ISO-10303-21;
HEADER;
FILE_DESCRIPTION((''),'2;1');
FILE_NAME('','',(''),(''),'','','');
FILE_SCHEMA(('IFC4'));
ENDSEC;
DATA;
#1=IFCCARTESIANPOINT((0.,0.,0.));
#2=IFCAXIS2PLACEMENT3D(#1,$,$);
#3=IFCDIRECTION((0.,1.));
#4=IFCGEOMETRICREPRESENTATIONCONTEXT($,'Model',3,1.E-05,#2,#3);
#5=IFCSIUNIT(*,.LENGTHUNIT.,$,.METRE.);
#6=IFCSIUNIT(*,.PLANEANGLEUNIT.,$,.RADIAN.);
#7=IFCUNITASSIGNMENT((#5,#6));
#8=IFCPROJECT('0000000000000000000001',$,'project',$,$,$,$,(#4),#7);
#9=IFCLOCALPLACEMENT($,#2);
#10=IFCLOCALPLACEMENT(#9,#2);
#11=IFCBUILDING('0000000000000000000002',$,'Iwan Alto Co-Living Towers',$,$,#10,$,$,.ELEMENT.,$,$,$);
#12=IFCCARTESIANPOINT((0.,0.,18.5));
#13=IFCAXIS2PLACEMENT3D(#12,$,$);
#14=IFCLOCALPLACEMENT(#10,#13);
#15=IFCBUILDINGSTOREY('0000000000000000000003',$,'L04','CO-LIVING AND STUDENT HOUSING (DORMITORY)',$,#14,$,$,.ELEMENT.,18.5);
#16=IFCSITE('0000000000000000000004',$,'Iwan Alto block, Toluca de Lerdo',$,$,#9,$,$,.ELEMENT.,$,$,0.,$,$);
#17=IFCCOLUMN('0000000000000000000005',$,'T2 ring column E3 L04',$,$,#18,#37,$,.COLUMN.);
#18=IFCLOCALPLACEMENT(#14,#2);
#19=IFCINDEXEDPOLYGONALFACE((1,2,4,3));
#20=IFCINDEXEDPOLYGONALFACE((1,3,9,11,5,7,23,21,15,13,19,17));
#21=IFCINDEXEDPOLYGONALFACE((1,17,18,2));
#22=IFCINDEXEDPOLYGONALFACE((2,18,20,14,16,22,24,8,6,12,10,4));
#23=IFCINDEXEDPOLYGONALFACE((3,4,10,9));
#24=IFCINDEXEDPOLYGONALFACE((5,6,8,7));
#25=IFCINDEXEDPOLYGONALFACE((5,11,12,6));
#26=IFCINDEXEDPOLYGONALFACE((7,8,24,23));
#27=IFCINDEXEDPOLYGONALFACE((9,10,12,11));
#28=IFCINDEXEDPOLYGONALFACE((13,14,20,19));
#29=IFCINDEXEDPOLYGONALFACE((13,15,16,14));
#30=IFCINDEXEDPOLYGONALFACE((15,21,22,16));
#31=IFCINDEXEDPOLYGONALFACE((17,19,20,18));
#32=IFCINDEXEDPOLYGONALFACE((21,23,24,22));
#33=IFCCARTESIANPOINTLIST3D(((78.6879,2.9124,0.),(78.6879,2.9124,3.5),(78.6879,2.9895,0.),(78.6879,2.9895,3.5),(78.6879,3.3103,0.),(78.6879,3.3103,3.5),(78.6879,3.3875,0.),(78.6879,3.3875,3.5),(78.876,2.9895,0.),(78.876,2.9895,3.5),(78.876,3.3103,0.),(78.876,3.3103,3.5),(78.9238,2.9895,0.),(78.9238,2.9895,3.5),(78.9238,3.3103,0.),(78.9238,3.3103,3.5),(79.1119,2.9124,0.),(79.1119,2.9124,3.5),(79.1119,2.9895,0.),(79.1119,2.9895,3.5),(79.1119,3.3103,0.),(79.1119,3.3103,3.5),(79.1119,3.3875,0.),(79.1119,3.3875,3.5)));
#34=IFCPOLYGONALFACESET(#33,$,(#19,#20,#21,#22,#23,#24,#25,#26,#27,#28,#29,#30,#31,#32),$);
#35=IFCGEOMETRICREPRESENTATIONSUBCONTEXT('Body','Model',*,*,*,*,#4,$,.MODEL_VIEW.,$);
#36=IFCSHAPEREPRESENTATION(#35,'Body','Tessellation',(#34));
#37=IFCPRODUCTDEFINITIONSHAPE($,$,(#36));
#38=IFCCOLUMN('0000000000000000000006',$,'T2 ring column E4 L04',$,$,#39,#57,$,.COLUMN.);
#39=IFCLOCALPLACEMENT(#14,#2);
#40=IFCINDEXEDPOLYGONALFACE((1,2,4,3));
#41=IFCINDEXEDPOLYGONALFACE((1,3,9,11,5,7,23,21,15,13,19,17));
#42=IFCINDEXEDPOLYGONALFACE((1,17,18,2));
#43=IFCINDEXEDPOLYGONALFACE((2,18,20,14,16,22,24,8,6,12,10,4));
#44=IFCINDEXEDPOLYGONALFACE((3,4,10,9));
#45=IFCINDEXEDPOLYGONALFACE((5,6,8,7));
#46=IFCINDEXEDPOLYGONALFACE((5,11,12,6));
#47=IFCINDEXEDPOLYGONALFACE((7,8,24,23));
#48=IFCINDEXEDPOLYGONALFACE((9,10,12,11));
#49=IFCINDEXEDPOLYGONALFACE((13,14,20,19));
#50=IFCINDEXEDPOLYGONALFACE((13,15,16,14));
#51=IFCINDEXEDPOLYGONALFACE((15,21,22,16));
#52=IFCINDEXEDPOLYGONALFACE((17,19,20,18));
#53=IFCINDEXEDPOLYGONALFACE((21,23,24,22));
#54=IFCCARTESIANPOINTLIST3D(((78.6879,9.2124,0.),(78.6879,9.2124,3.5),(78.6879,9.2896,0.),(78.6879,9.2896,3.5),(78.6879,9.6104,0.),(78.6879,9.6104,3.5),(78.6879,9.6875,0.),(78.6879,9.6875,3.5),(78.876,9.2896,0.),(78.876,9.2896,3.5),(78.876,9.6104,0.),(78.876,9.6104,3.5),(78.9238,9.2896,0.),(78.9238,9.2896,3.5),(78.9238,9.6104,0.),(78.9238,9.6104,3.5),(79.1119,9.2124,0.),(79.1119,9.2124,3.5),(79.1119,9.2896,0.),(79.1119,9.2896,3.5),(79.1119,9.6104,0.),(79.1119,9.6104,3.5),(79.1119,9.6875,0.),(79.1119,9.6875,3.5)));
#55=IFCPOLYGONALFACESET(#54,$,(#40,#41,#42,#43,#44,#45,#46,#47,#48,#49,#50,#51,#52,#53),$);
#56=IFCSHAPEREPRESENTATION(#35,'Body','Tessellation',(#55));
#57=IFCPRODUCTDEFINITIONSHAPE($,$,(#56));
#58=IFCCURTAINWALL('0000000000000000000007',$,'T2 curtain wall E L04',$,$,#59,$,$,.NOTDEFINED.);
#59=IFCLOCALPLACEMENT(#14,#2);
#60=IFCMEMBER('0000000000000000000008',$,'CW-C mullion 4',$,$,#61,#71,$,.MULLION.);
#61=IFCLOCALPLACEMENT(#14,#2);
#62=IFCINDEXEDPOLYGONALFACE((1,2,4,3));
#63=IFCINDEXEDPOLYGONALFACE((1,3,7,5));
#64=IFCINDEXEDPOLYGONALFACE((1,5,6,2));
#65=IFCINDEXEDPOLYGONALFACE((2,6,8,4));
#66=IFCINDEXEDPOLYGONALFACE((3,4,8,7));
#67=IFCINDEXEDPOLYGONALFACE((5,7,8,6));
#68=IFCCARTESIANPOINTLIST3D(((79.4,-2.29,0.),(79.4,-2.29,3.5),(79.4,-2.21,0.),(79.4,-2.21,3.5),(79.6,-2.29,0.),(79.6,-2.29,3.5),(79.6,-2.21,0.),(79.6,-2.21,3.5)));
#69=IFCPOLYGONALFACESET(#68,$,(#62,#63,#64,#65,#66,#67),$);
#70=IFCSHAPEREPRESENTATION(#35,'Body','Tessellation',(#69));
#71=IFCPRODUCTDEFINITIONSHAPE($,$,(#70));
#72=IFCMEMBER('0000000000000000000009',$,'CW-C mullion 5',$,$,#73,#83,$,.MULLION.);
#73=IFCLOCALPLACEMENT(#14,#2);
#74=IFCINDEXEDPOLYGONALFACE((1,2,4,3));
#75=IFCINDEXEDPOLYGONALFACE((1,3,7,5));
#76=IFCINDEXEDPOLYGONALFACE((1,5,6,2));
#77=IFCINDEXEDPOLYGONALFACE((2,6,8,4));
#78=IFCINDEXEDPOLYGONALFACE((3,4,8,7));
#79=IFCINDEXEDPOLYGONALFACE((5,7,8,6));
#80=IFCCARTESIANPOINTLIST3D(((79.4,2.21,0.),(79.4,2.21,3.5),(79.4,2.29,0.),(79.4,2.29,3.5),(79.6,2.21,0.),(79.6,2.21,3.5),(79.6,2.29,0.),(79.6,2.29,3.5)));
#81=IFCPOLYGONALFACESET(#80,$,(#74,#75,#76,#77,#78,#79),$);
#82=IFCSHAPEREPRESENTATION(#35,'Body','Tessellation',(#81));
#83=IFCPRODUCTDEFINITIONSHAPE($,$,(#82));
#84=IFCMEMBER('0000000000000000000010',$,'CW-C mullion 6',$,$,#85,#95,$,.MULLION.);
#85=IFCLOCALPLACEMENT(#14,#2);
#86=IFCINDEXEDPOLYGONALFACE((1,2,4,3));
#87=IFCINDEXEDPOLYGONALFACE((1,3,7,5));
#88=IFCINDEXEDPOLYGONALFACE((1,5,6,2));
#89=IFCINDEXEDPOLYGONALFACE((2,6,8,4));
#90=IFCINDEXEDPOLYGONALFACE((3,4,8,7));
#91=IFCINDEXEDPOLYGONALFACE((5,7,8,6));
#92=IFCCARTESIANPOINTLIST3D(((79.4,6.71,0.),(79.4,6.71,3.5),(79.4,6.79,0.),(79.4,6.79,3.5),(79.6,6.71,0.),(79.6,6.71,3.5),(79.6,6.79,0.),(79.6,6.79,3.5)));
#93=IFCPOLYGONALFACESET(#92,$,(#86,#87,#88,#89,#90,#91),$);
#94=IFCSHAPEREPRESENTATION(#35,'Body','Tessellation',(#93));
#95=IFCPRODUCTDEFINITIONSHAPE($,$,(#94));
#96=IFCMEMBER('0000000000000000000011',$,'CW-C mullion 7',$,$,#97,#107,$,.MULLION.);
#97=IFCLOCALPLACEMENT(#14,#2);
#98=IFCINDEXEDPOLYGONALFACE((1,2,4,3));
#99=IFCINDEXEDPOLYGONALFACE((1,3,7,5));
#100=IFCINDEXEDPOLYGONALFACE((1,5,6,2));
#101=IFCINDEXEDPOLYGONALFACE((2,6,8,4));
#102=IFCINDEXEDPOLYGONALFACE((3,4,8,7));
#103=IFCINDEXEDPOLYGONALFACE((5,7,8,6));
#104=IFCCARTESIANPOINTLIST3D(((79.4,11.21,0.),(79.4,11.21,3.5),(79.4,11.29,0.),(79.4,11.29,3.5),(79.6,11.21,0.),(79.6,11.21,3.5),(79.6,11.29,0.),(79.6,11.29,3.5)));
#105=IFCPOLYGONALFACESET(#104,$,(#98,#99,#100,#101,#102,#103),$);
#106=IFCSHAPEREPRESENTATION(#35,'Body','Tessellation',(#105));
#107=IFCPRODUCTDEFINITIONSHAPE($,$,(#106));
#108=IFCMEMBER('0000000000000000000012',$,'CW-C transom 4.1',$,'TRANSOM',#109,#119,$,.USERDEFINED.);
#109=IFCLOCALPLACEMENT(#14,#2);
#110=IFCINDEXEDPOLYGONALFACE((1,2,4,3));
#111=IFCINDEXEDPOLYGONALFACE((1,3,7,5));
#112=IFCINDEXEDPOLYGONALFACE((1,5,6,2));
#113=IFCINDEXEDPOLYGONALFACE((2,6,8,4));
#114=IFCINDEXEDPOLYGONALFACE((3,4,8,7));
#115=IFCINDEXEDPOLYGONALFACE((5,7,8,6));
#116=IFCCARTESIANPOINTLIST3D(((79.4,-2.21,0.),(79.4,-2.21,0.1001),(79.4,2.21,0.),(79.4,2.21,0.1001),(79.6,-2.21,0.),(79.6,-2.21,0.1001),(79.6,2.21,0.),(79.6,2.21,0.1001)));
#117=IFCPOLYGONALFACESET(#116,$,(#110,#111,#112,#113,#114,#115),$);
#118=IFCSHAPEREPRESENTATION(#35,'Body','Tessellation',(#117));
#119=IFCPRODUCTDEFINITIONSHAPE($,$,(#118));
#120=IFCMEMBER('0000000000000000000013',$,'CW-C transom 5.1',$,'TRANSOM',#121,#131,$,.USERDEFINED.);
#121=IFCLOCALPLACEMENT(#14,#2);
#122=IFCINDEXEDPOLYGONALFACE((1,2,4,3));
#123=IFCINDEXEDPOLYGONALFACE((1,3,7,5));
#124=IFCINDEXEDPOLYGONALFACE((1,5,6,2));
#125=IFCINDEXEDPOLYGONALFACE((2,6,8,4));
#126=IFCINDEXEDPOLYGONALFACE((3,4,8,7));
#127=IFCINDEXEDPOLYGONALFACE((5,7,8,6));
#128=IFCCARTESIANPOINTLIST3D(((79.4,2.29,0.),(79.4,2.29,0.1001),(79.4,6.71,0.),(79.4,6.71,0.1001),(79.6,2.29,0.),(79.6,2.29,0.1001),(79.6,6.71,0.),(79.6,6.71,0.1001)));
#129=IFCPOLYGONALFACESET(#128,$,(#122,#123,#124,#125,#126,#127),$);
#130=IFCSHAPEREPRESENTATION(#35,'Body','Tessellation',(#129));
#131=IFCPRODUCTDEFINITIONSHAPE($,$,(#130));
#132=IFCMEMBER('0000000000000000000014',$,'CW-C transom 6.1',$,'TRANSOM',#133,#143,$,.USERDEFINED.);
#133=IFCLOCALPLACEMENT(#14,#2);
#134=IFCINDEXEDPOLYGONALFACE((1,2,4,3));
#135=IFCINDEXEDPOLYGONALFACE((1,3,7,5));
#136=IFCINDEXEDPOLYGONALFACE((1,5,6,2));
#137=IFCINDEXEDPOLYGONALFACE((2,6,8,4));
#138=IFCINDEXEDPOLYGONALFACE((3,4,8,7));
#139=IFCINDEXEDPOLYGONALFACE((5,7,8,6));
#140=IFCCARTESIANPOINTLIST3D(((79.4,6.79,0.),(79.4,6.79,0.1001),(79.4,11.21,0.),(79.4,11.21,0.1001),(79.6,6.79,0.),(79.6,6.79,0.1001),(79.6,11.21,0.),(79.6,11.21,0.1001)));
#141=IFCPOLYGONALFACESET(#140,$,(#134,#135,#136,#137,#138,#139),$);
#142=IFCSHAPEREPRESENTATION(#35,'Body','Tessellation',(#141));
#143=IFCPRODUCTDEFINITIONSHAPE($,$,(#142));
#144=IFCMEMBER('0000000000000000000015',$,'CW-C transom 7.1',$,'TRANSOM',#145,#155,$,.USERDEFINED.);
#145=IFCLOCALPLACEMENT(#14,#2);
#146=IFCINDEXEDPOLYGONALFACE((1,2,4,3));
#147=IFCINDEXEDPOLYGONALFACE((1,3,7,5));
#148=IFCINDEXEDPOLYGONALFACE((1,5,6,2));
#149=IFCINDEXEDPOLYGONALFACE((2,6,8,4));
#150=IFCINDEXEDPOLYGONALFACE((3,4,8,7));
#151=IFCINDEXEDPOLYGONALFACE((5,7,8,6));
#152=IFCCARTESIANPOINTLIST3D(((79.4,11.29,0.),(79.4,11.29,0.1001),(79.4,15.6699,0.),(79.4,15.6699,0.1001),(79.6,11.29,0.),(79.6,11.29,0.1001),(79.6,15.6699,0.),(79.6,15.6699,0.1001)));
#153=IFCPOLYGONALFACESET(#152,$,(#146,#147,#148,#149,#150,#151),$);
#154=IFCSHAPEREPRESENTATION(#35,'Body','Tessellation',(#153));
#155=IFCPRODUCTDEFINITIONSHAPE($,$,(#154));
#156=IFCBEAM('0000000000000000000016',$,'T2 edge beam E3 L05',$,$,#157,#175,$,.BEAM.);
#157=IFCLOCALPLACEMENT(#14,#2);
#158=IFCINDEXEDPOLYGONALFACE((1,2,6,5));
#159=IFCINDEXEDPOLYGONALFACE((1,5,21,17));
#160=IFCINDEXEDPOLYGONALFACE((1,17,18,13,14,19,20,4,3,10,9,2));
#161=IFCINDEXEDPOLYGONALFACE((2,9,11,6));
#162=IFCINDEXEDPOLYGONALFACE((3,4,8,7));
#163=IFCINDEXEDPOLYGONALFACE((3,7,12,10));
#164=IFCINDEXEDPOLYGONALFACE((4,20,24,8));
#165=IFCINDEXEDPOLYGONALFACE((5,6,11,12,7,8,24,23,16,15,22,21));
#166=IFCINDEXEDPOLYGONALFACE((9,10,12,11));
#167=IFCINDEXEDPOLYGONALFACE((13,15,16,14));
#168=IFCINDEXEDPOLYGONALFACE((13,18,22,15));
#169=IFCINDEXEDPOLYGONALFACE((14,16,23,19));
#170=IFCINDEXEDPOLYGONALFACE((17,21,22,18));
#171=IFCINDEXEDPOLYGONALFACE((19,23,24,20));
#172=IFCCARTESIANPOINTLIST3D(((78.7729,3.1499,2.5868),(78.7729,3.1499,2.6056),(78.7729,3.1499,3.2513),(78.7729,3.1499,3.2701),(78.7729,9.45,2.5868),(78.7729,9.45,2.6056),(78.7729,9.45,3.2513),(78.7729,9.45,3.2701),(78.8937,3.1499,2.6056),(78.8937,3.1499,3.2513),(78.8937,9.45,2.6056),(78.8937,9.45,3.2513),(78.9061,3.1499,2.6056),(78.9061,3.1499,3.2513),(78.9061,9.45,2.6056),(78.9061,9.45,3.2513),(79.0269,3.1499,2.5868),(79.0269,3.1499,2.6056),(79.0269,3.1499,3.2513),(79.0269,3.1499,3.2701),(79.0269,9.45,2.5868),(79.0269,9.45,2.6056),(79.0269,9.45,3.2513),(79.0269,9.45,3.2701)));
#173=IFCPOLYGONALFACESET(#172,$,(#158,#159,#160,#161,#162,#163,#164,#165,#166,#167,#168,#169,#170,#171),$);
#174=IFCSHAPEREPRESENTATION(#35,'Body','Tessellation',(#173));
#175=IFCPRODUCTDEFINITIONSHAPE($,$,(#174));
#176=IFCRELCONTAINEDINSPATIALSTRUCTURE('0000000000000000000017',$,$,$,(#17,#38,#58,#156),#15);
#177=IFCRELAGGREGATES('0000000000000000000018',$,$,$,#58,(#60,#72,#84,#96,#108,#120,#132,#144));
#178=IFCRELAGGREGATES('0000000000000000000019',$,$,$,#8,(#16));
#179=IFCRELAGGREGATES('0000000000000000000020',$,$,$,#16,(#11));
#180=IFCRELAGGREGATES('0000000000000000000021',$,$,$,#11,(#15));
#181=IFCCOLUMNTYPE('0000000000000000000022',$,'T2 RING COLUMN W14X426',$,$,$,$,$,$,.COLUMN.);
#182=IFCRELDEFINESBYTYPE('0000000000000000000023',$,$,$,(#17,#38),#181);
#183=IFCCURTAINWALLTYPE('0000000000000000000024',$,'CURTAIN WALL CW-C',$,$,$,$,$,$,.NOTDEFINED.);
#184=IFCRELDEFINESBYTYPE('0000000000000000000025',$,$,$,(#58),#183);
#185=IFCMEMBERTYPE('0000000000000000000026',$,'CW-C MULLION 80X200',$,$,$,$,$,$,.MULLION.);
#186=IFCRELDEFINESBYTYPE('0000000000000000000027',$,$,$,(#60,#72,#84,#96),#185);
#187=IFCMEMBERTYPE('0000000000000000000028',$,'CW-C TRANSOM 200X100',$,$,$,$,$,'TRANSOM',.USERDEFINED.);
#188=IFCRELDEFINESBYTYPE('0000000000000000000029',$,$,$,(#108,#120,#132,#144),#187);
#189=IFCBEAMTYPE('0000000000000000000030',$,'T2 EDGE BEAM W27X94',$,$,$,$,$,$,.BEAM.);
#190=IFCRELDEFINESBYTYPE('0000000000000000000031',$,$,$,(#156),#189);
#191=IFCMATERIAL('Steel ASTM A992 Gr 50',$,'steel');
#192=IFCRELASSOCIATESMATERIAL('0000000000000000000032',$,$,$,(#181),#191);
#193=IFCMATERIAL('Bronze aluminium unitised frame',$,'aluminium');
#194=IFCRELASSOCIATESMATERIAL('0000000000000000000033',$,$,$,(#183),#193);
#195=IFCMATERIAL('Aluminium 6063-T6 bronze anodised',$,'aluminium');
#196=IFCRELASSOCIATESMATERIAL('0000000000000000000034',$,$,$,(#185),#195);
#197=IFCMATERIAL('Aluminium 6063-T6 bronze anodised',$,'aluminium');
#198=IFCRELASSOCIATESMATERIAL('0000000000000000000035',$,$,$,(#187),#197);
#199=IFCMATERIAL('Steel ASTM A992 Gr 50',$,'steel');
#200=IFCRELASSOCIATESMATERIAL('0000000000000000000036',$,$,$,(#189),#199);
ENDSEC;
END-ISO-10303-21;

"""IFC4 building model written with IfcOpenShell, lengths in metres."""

from ifc_helpers import new_model, si_unit, direction, frame, origin, origin_2d, place, context, subcontext, project, spatial, rectangle, i_section, extrude, material, material_profile, profile_set, type_object, element, aggregate, save


model = new_model("IFC4")

# Units and contexts
model_context = context("Model", 3, precision=1e-05, world=origin(), true_north=direction((0.0, 1.0)))
body_context = subcontext(model_context, "Body", "Model", "MODEL_VIEW")
ifc_project = project(units=[si_unit("LENGTHUNIT", "METRE"), si_unit("PLANEANGLEUNIT", "RADIAN")], contexts=[model_context])

# Site, building, storey
site_placement = place(None, origin())
site = spatial("IfcSite", under=ifc_project, at=site_placement, Name="Iwan Alto block, Toluca de Lerdo", CompositionType="ELEMENT", RefElevation=0.0)
building_placement = place(site_placement, origin())
building = spatial("IfcBuilding", under=site, at=building_placement, Name="Iwan Alto Co-Living Towers", CompositionType="ELEMENT")
storey_placement = place(building_placement, frame((0.0, 0.0, 18.5)))
storey = spatial("IfcBuildingStorey", under=building, at=storey_placement, Name="L04", Description="CO-LIVING AND STUDENT HOUSING (DORMITORY)", CompositionType="ELEMENT", Elevation=18.5)

# Columns
ifc_material_1 = material(Name="Steel ASTM A992 Gr 50", Category="steel")
ifc_material_profile_1 = material_profile(ifc_material_1, i_section(OverallWidth=0.4241, OverallDepth=0.4751, WebThickness=0.0479, FlangeThickness=0.0771, at=origin_2d()), Name="W14X426")
ifc_profile_set_1 = profile_set([ifc_material_profile_1], Name="Steel ASTM A992 Gr 50")
column_type = type_object("IfcColumnType", Name="T2 RING COLUMN W14X426", PredefinedType="COLUMN", material=ifc_profile_set_1)
for number, where, z_axis, x_axis, name in (
    (1, (78.8999, 3.1499, 0.0), (0.0, 0.0, 1.0), (1.0, 0.0, 0.0), "T2 ring column E3 L04"),
    (2, (78.8999, 9.45, 0.0), (0.0, 0.0, 1.0), (1.0, 0.0, 0.0), "T2 ring column E4 L04"),
):
    element("IfcColumn", number, at=place(storey_placement, frame(where, z_axis=z_axis, x_axis=x_axis)), inside=storey, type_object=column_type, Name=name, PredefinedType="COLUMN", context=body_context, shape_type="SweptSolid", body=[
        extrude(i_section(OverallWidth=0.4241, OverallDepth=0.4751, WebThickness=0.0479, FlangeThickness=0.0771, at=origin_2d()), origin(), (0.0, 0.0, 1.0), 3.5),
    ])

# Curtain wall, members
ifc_material_2 = material(Name="Bronze aluminium unitised frame", Category="aluminium")
curtain_wall_type = type_object("IfcCurtainWallType", Name="CURTAIN WALL CW-C", PredefinedType="NOTDEFINED", material=ifc_material_2)
curtain_wall_placement = place(storey_placement, origin())
curtain_wall = element("IfcCurtainWall", 3, at=curtain_wall_placement, inside=storey, type_object=curtain_wall_type, Name="T2 curtain wall E L04", PredefinedType="NOTDEFINED")
ifc_material_3 = material(Name="Aluminium 6063-T6 bronze anodised", Category="aluminium")
ifc_material_profile_2 = material_profile(ifc_material_3, rectangle(XDim=0.2, YDim=0.0801, at=origin_2d()), Name="AL 80X200")
ifc_profile_set_2 = profile_set([ifc_material_profile_2], Name="Aluminium 6063-T6 bronze anodised")
member_type_1 = type_object("IfcMemberType", Name="CW-C MULLION 80X200", PredefinedType="MULLION", material=ifc_profile_set_2)
member_1_placement = place(storey_placement, frame((79.5, -2.25, 0.0), z_axis=(0.0, 0.0, 1.0), x_axis=(-1.0, 0.0, 0.0)))
member_1 = element("IfcMember", 4, at=member_1_placement, type_object=member_type_1, Name="CW-C mullion 4", PredefinedType="MULLION", context=body_context, shape_type="SweptSolid", body=[
    extrude(rectangle(XDim=0.2, YDim=0.0801, at=origin_2d()), origin(), (0.0, 0.0, 1.0), 3.5),
])
member_2_placement = place(storey_placement, frame((79.5, 2.25, 0.0), z_axis=(0.0, 0.0, 1.0), x_axis=(-1.0, 0.0, 0.0)))
member_2 = element("IfcMember", 5, at=member_2_placement, type_object=member_type_1, Name="CW-C mullion 5", PredefinedType="MULLION", context=body_context, shape_type="SweptSolid", body=[
    extrude(rectangle(XDim=0.2, YDim=0.0801, at=origin_2d()), origin(), (0.0, 0.0, 1.0), 3.5),
])
member_3_placement = place(storey_placement, frame((79.5, 6.75, 0.0), z_axis=(0.0, 0.0, 1.0), x_axis=(-1.0, 0.0, 0.0)))
member_3 = element("IfcMember", 6, at=member_3_placement, type_object=member_type_1, Name="CW-C mullion 6", PredefinedType="MULLION", context=body_context, shape_type="SweptSolid", body=[
    extrude(rectangle(XDim=0.2, YDim=0.0801, at=origin_2d()), origin(), (0.0, 0.0, 1.0), 3.5),
])
member_4_placement = place(storey_placement, frame((79.5, 11.25, 0.0), z_axis=(0.0, 0.0, 1.0), x_axis=(-1.0, 0.0, 0.0)))
member_4 = element("IfcMember", 7, at=member_4_placement, type_object=member_type_1, Name="CW-C mullion 7", PredefinedType="MULLION", context=body_context, shape_type="SweptSolid", body=[
    extrude(rectangle(XDim=0.2, YDim=0.0801, at=origin_2d()), origin(), (0.0, 0.0, 1.0), 3.5),
])
ifc_material_4 = material(Name="Aluminium 6063-T6 bronze anodised", Category="aluminium")
ifc_material_profile_3 = material_profile(ifc_material_4, rectangle(XDim=0.2, YDim=0.1001, at=origin_2d()), Name="AL 200X100")
ifc_profile_set_3 = profile_set([ifc_material_profile_3], Name="Aluminium 6063-T6 bronze anodised")
member_type_2 = type_object("IfcMemberType", Name="CW-C TRANSOM 200X100", ElementType="TRANSOM", PredefinedType="USERDEFINED", material=ifc_profile_set_3)
member_5_placement = place(storey_placement, frame((79.5, -2.21, 0.05), z_axis=(0.0, 1.0, 0.0), x_axis=(-1.0, 0.0, 0.0)))
member_5 = element("IfcMember", 8, at=member_5_placement, type_object=member_type_2, Name="CW-C transom 4.1", ObjectType="TRANSOM", PredefinedType="USERDEFINED", context=body_context, shape_type="SweptSolid", body=[
    extrude(rectangle(XDim=0.2, YDim=0.1001, at=origin_2d()), origin(), (0.0, 0.0, 1.0), 4.4199),
])
member_6_placement = place(storey_placement, frame((79.5, 2.29, 0.05), z_axis=(0.0, 1.0, 0.0), x_axis=(-1.0, 0.0, 0.0)))
member_6 = element("IfcMember", 9, at=member_6_placement, type_object=member_type_2, Name="CW-C transom 5.1", ObjectType="TRANSOM", PredefinedType="USERDEFINED", context=body_context, shape_type="SweptSolid", body=[
    extrude(rectangle(XDim=0.2, YDim=0.1001, at=origin_2d()), origin(), (0.0, 0.0, 1.0), 4.4199),
])
member_7_placement = place(storey_placement, frame((79.5, 6.79, 0.05), z_axis=(0.0, 1.0, 0.0), x_axis=(-1.0, 0.0, 0.0)))
member_7 = element("IfcMember", 10, at=member_7_placement, type_object=member_type_2, Name="CW-C transom 6.1", ObjectType="TRANSOM", PredefinedType="USERDEFINED", context=body_context, shape_type="SweptSolid", body=[
    extrude(rectangle(XDim=0.2, YDim=0.1001, at=origin_2d()), origin(), (0.0, 0.0, 1.0), 4.4199),
])
member_8_placement = place(storey_placement, frame((79.5, 11.29, 0.05), z_axis=(0.0, 1.0, 0.0), x_axis=(-1.0, 0.0, 0.0)))
member_8 = element("IfcMember", 11, at=member_8_placement, type_object=member_type_2, Name="CW-C transom 7.1", ObjectType="TRANSOM", PredefinedType="USERDEFINED", context=body_context, shape_type="SweptSolid", body=[
    extrude(rectangle(XDim=0.2, YDim=0.1001, at=origin_2d()), origin(), (0.0, 0.0, 1.0), 4.3799),
])

# Beam
ifc_material_5 = material(Name="Steel ASTM A992 Gr 50", Category="steel")
ifc_material_profile_4 = material_profile(ifc_material_5, i_section(OverallWidth=0.2539, OverallDepth=0.6833, WebThickness=0.0125, FlangeThickness=0.0188, at=origin_2d()), Name="W27X94")
ifc_profile_set_4 = profile_set([ifc_material_profile_4], Name="Steel ASTM A992 Gr 50")
beam_type_1 = type_object("IfcBeamType", Name="T2 EDGE BEAM W27X94", PredefinedType="BEAM", material=ifc_profile_set_4)
beam_1_placement = place(storey_placement, frame((78.8999, 3.1499, 2.9285), z_axis=(0.0, 1.0, 0.0), x_axis=(-1.0, 0.0, 0.0)))
element("IfcBeam", 12, at=beam_1_placement, inside=storey, type_object=beam_type_1, Name="T2 edge beam E3 L05", PredefinedType="BEAM", context=body_context, shape_type="SweptSolid", body=[
    extrude(i_section(OverallWidth=0.2539, OverallDepth=0.6833, WebThickness=0.0125, FlangeThickness=0.0188, at=origin_2d()), origin(), (0.0, 0.0, 1.0), 6.3),
])

aggregate(curtain_wall, [member_1, member_2, member_3, member_4, member_5, member_6, member_7, member_8])

save(model, "model.ifc")
